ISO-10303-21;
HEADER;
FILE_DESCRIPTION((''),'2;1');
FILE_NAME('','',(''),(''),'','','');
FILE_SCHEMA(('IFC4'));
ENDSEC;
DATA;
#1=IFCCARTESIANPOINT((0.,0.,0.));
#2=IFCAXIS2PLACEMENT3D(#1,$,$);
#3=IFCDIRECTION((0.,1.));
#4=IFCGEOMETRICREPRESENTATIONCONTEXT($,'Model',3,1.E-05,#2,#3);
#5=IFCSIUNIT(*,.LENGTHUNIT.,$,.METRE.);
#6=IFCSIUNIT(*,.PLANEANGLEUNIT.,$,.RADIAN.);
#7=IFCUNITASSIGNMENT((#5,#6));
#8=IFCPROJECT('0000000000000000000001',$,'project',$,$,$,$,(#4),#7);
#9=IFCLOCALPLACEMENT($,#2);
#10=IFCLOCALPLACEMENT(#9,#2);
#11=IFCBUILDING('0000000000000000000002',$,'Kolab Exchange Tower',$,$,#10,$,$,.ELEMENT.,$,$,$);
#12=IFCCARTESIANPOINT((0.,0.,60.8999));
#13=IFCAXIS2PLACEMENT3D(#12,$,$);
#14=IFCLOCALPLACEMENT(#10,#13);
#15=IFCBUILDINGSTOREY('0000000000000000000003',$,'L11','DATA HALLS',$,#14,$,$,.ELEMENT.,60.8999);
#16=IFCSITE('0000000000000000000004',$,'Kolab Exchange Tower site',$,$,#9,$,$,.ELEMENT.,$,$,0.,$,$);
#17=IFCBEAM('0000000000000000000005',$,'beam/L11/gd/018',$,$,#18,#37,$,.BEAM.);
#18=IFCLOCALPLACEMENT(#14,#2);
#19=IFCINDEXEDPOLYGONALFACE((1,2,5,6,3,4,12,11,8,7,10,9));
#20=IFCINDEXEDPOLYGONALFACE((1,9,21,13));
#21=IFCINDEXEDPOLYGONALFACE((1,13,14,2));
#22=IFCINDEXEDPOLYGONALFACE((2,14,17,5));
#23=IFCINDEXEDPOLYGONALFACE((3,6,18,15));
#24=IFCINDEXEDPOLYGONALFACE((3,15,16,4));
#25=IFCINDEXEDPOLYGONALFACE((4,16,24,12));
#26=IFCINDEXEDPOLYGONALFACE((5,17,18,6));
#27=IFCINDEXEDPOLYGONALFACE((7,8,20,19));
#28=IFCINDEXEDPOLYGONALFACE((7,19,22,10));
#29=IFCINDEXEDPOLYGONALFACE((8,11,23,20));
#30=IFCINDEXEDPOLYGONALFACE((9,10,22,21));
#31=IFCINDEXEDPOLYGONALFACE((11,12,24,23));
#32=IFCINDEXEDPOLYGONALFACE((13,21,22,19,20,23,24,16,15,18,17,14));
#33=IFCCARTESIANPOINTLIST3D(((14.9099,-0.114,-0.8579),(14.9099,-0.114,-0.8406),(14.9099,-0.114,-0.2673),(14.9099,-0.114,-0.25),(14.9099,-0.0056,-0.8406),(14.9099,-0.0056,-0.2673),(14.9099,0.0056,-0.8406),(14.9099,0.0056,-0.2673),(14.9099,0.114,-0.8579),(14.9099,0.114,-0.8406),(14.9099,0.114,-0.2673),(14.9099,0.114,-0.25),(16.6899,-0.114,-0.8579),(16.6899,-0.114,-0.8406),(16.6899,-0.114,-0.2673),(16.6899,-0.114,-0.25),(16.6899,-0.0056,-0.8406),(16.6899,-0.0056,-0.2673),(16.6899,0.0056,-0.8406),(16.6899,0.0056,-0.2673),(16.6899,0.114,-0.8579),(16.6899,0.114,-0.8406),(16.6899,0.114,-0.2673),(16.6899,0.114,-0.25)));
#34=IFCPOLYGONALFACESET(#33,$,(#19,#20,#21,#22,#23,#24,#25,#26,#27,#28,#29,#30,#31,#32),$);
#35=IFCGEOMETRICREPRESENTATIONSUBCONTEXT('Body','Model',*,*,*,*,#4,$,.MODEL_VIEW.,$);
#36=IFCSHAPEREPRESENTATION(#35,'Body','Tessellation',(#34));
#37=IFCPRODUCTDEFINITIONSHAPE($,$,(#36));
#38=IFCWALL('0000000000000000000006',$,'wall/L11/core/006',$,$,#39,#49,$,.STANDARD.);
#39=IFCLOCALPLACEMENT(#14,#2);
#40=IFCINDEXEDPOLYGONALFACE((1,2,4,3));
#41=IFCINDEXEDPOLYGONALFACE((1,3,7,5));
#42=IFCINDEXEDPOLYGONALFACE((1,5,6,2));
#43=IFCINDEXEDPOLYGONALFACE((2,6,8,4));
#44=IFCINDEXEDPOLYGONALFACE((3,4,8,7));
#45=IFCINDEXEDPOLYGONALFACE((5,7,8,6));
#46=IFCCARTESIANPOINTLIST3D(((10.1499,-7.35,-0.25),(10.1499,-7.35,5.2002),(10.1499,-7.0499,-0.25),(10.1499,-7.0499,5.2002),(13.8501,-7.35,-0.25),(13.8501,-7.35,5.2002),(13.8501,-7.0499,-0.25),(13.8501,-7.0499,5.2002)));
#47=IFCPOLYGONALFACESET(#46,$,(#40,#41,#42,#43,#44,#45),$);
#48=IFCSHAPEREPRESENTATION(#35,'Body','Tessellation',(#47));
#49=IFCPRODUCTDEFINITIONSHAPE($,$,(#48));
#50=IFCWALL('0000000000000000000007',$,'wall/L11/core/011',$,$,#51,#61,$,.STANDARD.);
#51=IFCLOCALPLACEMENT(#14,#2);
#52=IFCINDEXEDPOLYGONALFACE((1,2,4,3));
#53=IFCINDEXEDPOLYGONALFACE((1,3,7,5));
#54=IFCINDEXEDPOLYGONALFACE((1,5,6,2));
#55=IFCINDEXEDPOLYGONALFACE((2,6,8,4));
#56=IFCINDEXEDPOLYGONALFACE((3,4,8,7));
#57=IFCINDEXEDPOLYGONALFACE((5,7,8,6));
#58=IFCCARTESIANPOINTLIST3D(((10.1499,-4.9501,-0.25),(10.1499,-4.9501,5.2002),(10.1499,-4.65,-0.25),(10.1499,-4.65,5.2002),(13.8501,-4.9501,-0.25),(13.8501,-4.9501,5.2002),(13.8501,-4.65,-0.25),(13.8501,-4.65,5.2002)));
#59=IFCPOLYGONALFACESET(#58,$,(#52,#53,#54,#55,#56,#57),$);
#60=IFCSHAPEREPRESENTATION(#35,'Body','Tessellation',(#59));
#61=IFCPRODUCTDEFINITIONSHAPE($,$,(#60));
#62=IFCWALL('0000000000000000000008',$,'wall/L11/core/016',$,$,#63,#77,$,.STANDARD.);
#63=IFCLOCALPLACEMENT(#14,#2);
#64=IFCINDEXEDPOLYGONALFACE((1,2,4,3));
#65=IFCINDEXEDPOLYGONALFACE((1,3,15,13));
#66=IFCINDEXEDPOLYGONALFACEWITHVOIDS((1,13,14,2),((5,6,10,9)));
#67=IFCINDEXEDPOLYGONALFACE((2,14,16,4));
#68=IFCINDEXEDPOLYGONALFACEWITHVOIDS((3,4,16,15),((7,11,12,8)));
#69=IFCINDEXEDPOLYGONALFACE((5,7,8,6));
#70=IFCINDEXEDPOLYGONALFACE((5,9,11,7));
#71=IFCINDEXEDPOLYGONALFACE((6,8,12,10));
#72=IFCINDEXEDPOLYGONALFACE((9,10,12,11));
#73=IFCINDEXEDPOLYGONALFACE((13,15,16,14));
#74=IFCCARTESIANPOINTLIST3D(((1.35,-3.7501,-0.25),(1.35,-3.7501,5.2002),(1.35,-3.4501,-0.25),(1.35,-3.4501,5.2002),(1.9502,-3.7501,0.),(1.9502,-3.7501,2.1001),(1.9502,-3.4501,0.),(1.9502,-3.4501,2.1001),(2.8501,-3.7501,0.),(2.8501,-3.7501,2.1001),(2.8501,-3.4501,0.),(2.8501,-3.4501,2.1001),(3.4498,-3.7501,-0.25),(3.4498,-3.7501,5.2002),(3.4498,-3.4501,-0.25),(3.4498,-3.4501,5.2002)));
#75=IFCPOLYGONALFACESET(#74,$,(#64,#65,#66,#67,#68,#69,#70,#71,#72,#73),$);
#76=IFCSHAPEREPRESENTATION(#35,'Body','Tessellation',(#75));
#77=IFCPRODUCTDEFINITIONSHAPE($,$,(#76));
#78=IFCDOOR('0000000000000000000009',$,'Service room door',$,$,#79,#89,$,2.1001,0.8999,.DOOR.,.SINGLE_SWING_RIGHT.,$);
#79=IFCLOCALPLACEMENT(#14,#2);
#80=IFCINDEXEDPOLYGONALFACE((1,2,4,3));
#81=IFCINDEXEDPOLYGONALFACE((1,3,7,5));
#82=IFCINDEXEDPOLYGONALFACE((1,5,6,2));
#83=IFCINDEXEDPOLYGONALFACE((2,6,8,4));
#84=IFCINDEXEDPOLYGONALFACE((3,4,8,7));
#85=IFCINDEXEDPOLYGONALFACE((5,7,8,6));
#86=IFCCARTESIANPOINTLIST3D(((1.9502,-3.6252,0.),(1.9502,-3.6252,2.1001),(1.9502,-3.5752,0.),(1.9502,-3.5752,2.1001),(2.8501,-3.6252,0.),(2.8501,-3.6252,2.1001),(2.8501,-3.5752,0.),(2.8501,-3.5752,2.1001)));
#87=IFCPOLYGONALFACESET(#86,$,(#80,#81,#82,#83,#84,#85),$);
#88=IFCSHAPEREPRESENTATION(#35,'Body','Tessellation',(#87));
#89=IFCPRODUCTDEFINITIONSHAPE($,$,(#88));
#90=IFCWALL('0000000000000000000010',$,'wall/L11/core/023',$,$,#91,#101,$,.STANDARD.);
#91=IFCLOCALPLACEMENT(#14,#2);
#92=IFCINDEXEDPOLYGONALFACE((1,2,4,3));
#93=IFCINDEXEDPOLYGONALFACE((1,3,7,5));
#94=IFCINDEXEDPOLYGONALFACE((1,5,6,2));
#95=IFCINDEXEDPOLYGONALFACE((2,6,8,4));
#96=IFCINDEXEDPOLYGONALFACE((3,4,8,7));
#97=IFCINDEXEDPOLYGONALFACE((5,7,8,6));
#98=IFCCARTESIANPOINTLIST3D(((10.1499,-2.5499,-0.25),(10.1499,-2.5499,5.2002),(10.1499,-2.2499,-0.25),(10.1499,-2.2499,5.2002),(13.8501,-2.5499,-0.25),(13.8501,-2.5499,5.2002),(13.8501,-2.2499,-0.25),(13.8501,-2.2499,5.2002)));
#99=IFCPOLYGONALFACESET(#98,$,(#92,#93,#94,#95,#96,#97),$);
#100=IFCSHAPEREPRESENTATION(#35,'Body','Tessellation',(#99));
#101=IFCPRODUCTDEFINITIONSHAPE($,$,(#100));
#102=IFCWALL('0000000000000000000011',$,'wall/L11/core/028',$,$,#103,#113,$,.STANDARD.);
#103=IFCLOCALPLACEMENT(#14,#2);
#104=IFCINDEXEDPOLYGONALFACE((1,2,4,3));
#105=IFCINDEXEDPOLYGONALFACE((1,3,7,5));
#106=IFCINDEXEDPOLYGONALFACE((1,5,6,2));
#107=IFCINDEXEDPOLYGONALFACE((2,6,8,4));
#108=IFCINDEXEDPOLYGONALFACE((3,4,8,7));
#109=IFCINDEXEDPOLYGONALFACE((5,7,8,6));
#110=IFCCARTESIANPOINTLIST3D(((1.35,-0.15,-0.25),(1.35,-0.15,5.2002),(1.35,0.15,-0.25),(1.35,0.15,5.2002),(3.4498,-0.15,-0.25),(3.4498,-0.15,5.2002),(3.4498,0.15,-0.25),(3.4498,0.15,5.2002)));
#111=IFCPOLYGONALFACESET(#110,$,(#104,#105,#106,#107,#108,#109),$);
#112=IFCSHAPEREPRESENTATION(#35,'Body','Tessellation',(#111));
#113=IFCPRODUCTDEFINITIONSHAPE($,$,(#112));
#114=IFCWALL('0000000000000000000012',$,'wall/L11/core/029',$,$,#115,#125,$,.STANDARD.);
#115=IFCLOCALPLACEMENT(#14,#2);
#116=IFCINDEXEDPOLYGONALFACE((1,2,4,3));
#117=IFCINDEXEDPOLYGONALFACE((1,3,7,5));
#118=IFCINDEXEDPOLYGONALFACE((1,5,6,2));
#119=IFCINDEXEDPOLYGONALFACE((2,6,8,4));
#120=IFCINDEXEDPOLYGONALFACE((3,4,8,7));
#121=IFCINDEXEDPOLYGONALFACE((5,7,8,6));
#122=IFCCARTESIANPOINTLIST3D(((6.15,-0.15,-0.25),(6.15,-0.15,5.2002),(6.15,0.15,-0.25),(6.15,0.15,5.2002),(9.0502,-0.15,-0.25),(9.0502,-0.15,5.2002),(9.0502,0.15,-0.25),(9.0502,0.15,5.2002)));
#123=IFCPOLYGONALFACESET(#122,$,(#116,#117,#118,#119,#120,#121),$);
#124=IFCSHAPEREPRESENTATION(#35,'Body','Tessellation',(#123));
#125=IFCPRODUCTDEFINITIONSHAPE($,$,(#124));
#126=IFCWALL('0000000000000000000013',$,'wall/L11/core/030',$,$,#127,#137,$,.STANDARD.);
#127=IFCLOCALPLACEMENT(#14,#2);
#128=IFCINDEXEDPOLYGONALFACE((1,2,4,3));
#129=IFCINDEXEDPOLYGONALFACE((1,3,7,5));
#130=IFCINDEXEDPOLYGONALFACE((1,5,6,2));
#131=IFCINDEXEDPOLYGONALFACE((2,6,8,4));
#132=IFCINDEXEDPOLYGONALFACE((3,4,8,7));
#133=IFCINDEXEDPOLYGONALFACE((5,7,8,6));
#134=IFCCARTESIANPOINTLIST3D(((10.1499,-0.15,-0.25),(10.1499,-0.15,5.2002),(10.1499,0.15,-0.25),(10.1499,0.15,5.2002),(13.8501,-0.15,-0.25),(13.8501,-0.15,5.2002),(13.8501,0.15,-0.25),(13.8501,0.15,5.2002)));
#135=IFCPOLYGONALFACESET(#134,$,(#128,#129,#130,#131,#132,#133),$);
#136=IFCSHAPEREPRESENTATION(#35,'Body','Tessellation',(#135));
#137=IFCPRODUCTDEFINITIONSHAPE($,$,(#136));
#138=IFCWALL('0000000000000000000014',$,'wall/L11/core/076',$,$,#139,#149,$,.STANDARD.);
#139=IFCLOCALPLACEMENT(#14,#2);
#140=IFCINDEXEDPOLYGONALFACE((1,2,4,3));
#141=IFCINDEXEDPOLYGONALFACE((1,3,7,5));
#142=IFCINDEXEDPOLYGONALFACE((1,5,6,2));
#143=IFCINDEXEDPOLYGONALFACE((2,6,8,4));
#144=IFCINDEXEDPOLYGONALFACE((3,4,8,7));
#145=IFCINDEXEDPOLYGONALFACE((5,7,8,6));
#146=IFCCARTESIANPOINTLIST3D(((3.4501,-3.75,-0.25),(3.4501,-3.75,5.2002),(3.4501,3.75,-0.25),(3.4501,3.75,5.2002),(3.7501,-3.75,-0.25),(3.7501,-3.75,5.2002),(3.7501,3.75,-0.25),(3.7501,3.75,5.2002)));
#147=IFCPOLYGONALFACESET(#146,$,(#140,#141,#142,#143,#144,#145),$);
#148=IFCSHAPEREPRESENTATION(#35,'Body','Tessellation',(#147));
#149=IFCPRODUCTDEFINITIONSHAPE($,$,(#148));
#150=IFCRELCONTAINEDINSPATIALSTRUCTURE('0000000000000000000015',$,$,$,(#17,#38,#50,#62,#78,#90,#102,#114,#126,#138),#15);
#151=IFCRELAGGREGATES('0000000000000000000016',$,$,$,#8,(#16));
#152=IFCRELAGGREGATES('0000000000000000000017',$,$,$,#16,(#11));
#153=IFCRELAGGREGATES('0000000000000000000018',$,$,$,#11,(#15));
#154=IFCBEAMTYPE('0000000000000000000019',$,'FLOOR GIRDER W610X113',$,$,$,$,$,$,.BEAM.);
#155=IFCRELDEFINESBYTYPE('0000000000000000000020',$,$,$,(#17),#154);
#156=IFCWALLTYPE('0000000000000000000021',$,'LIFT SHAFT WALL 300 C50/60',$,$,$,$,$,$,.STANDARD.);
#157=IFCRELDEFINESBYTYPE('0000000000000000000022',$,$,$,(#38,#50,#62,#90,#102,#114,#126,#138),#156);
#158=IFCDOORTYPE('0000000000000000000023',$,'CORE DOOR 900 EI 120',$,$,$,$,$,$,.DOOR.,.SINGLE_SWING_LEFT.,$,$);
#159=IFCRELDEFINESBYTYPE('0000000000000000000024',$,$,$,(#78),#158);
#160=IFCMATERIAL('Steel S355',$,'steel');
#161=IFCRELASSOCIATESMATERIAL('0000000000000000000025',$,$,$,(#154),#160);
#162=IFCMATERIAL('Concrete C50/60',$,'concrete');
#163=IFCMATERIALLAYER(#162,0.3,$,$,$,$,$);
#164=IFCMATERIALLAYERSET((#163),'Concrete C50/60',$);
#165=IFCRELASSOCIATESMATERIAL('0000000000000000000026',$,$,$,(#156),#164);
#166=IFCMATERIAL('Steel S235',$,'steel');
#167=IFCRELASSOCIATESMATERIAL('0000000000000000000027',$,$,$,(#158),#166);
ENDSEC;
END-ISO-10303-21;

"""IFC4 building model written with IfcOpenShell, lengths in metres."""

from ifc_helpers import new_model, si_unit, direction, frame, frame_2d, origin, origin_2d, place, context, subcontext, project, spatial, rectangle, i_section, extrude, material, layer, layer_set, material_profile, profile_set, type_object, element, fill, save


model = new_model("IFC4")

# Units and contexts
model_context = context("Model", 3, precision=1e-05, world=origin(), true_north=direction((0.0, 1.0)))
body_context = subcontext(model_context, "Body", "Model", "MODEL_VIEW")
ifc_project = project(units=[si_unit("LENGTHUNIT", "METRE"), si_unit("PLANEANGLEUNIT", "RADIAN")], contexts=[model_context])

# Site, building, storey
site_placement = place(None, origin())
site = spatial("IfcSite", under=ifc_project, at=site_placement, Name="Kolab Exchange Tower site", CompositionType="ELEMENT", RefElevation=0.0)
building_placement = place(site_placement, origin())
building = spatial("IfcBuilding", under=site, at=building_placement, Name="Kolab Exchange Tower", CompositionType="ELEMENT")
storey_placement = place(building_placement, frame((0.0, 0.0, 60.8999)))
storey = spatial("IfcBuildingStorey", under=building, at=storey_placement, Name="L11", Description="DATA HALLS", CompositionType="ELEMENT", Elevation=60.8999)

# Beam
ifc_material_1 = material(Name="Steel S355", Category="steel")
ifc_material_profile = material_profile(ifc_material_1, i_section(OverallWidth=0.228, OverallDepth=0.6079, WebThickness=0.0112, FlangeThickness=0.0173, at=origin_2d()), Name="W610X113")
ifc_profile_set = profile_set([ifc_material_profile], Name="Steel S355")
beam_type = type_object("IfcBeamType", Name="FLOOR GIRDER W610X113", PredefinedType="BEAM", material=ifc_profile_set)
beam_placement = place(storey_placement, frame((14.9099, 0.0, -0.554), z_axis=(1.0, 0.0, 0.0), x_axis=(0.0, 1.0, 0.0)))
element("IfcBeam", 1, at=beam_placement, inside=storey, type_object=beam_type, Name="beam/L11/gd/018", PredefinedType="BEAM", context=body_context, shape_type="SweptSolid", body=[
    extrude(i_section(OverallWidth=0.228, OverallDepth=0.6079, WebThickness=0.0112, FlangeThickness=0.0173, at=origin_2d()), origin(), (0.0, 0.0, 1.0), 1.78),
])

# Walls
ifc_material_2 = material(Name="Concrete C50/60", Category="concrete")
ifc_layer_1 = layer(ifc_material_2, 0.3)
ifc_layer_set_1 = layer_set([ifc_layer_1], Name="Concrete C50/60")
wall_type_1 = type_object("IfcWallType", Name="LIFT SHAFT WALL 300 C50/60", PredefinedType="STANDARD", material=ifc_layer_set_1)
for number, where, z_axis, x_axis, name in (
    (2, (10.1499, -7.2, -0.25), (0.0, 0.0, 1.0), (1.0, 0.0, 0.0), "wall/L11/core/006"),
    (3, (10.1499, -4.8, -0.25), (0.0, 0.0, 1.0), (1.0, 0.0, 0.0), "wall/L11/core/011"),
):
    element("IfcWall", number, at=place(storey_placement, frame(where, z_axis=z_axis, x_axis=x_axis)), inside=storey, type_object=wall_type_1, Name=name, PredefinedType="STANDARD", context=body_context, shape_type="SweptSolid", body=[
        extrude(rectangle(XDim=3.7002, YDim=0.3, at=frame_2d((1.8501, 0.0))), origin(), (0.0, 0.0, 1.0), 5.4502),
    ])

# Wall, opening, door
wall_1_placement = place(storey_placement, frame((1.3501, -3.6001, -0.25), z_axis=(0.0, 0.0, 1.0), x_axis=(1.0, 0.0, 0.0)))
wall_1 = element("IfcWall", 4, at=wall_1_placement, inside=storey, type_object=wall_type_1, Name="wall/L11/core/016", PredefinedType="STANDARD", context=body_context, shape_type="SweptSolid", body=[
    extrude(rectangle(XDim=2.0999, YDim=0.3, at=frame_2d((1.0498, 0.0))), origin(), (0.0, 0.0, 1.0), 5.4502),
])
opening_1_placement = place(wall_1_placement, frame((0.6001, 0.0, 0.25)))
opening_1 = element("IfcOpeningElement", 5, at=opening_1_placement, cuts=wall_1, PredefinedType="OPENING", context=body_context, shape_type="SweptSolid", body=[
    extrude(rectangle(XDim=0.8999, YDim=2.1001, at=frame_2d((0.45, 1.05))), frame((0.0, 0.1602, 0.0), z_axis=(0.0, -1.0, 0.0), x_axis=(1.0, 0.0, 0.0)), (0.0, 0.0, 1.0), 0.3201),
])
ifc_material_3 = material(Name="Steel S235", Category="steel")
door_type_1 = type_object("IfcDoorType", Name="CORE DOOR 900 EI 120", OperationType="SINGLE_SWING_LEFT", PredefinedType="DOOR", material=ifc_material_3)
door_1_placement = place(opening_1_placement, origin())
door_1 = element("IfcDoor", 6, at=door_1_placement, inside=storey, type_object=door_type_1, Name="Service room door", OperationType="SINGLE_SWING_RIGHT", OverallHeight=2.1001, OverallWidth=0.8999, PredefinedType="DOOR", context=body_context, shape_type="SweptSolid", body=[
    extrude(rectangle(XDim=0.8999, YDim=2.1001, at=frame_2d((0.45, 1.05))), frame((0.0, 0.0249, 0.0), z_axis=(0.0, -1.0, 0.0), x_axis=(1.0, 0.0, 0.0)), (0.0, 0.0, 1.0), 0.05),
])
fill(opening_1, door_1)

# Walls
wall_2_placement = place(storey_placement, frame((10.1499, -2.3999, -0.25), z_axis=(0.0, 0.0, 1.0), x_axis=(1.0, 0.0, 0.0)))
element("IfcWall", 7, at=wall_2_placement, inside=storey, type_object=wall_type_1, Name="wall/L11/core/023", PredefinedType="STANDARD", context=body_context, shape_type="SweptSolid", body=[
    extrude(rectangle(XDim=3.7002, YDim=0.3, at=frame_2d((1.8501, 0.0))), origin(), (0.0, 0.0, 1.0), 5.4502),
])
wall_3_placement = place(storey_placement, frame((1.3501, 0.0, -0.25), z_axis=(0.0, 0.0, 1.0), x_axis=(1.0, 0.0, 0.0)))
element("IfcWall", 8, at=wall_3_placement, inside=storey, type_object=wall_type_1, Name="wall/L11/core/028", PredefinedType="STANDARD", context=body_context, shape_type="SweptSolid", body=[
    extrude(rectangle(XDim=2.0999, YDim=0.3, at=frame_2d((1.0498, 0.0))), origin(), (0.0, 0.0, 1.0), 5.4502),
])
wall_4_placement = place(storey_placement, frame((6.1499, 0.0, -0.25), z_axis=(0.0, 0.0, 1.0), x_axis=(1.0, 0.0, 0.0)))
element("IfcWall", 9, at=wall_4_placement, inside=storey, type_object=wall_type_1, Name="wall/L11/core/029", PredefinedType="STANDARD", context=body_context, shape_type="SweptSolid", body=[
    extrude(rectangle(XDim=2.9001, YDim=0.3, at=frame_2d((1.4502, 0.0))), origin(), (0.0, 0.0, 1.0), 5.4502),
])
wall_5_placement = place(storey_placement, frame((10.1499, 0.0, -0.25), z_axis=(0.0, 0.0, 1.0), x_axis=(1.0, 0.0, 0.0)))
element("IfcWall", 10, at=wall_5_placement, inside=storey, type_object=wall_type_1, Name="wall/L11/core/030", PredefinedType="STANDARD", context=body_context, shape_type="SweptSolid", body=[
    extrude(rectangle(XDim=3.7002, YDim=0.3, at=frame_2d((1.8501, 0.0))), origin(), (0.0, 0.0, 1.0), 5.4502),
])
wall_6_placement = place(storey_placement, frame((3.6001, -3.75, -0.25), z_axis=(0.0, 0.0, 1.0), x_axis=(0.0, 1.0, 0.0)))
element("IfcWall", 11, at=wall_6_placement, inside=storey, type_object=wall_type_1, Name="wall/L11/core/076", PredefinedType="STANDARD", context=body_context, shape_type="SweptSolid", body=[
    extrude(rectangle(XDim=7.5, YDim=0.3, at=frame_2d((3.75, 0.0))), origin(), (0.0, 0.0, 1.0), 5.4502),
])

save(model, "model.ifc")
